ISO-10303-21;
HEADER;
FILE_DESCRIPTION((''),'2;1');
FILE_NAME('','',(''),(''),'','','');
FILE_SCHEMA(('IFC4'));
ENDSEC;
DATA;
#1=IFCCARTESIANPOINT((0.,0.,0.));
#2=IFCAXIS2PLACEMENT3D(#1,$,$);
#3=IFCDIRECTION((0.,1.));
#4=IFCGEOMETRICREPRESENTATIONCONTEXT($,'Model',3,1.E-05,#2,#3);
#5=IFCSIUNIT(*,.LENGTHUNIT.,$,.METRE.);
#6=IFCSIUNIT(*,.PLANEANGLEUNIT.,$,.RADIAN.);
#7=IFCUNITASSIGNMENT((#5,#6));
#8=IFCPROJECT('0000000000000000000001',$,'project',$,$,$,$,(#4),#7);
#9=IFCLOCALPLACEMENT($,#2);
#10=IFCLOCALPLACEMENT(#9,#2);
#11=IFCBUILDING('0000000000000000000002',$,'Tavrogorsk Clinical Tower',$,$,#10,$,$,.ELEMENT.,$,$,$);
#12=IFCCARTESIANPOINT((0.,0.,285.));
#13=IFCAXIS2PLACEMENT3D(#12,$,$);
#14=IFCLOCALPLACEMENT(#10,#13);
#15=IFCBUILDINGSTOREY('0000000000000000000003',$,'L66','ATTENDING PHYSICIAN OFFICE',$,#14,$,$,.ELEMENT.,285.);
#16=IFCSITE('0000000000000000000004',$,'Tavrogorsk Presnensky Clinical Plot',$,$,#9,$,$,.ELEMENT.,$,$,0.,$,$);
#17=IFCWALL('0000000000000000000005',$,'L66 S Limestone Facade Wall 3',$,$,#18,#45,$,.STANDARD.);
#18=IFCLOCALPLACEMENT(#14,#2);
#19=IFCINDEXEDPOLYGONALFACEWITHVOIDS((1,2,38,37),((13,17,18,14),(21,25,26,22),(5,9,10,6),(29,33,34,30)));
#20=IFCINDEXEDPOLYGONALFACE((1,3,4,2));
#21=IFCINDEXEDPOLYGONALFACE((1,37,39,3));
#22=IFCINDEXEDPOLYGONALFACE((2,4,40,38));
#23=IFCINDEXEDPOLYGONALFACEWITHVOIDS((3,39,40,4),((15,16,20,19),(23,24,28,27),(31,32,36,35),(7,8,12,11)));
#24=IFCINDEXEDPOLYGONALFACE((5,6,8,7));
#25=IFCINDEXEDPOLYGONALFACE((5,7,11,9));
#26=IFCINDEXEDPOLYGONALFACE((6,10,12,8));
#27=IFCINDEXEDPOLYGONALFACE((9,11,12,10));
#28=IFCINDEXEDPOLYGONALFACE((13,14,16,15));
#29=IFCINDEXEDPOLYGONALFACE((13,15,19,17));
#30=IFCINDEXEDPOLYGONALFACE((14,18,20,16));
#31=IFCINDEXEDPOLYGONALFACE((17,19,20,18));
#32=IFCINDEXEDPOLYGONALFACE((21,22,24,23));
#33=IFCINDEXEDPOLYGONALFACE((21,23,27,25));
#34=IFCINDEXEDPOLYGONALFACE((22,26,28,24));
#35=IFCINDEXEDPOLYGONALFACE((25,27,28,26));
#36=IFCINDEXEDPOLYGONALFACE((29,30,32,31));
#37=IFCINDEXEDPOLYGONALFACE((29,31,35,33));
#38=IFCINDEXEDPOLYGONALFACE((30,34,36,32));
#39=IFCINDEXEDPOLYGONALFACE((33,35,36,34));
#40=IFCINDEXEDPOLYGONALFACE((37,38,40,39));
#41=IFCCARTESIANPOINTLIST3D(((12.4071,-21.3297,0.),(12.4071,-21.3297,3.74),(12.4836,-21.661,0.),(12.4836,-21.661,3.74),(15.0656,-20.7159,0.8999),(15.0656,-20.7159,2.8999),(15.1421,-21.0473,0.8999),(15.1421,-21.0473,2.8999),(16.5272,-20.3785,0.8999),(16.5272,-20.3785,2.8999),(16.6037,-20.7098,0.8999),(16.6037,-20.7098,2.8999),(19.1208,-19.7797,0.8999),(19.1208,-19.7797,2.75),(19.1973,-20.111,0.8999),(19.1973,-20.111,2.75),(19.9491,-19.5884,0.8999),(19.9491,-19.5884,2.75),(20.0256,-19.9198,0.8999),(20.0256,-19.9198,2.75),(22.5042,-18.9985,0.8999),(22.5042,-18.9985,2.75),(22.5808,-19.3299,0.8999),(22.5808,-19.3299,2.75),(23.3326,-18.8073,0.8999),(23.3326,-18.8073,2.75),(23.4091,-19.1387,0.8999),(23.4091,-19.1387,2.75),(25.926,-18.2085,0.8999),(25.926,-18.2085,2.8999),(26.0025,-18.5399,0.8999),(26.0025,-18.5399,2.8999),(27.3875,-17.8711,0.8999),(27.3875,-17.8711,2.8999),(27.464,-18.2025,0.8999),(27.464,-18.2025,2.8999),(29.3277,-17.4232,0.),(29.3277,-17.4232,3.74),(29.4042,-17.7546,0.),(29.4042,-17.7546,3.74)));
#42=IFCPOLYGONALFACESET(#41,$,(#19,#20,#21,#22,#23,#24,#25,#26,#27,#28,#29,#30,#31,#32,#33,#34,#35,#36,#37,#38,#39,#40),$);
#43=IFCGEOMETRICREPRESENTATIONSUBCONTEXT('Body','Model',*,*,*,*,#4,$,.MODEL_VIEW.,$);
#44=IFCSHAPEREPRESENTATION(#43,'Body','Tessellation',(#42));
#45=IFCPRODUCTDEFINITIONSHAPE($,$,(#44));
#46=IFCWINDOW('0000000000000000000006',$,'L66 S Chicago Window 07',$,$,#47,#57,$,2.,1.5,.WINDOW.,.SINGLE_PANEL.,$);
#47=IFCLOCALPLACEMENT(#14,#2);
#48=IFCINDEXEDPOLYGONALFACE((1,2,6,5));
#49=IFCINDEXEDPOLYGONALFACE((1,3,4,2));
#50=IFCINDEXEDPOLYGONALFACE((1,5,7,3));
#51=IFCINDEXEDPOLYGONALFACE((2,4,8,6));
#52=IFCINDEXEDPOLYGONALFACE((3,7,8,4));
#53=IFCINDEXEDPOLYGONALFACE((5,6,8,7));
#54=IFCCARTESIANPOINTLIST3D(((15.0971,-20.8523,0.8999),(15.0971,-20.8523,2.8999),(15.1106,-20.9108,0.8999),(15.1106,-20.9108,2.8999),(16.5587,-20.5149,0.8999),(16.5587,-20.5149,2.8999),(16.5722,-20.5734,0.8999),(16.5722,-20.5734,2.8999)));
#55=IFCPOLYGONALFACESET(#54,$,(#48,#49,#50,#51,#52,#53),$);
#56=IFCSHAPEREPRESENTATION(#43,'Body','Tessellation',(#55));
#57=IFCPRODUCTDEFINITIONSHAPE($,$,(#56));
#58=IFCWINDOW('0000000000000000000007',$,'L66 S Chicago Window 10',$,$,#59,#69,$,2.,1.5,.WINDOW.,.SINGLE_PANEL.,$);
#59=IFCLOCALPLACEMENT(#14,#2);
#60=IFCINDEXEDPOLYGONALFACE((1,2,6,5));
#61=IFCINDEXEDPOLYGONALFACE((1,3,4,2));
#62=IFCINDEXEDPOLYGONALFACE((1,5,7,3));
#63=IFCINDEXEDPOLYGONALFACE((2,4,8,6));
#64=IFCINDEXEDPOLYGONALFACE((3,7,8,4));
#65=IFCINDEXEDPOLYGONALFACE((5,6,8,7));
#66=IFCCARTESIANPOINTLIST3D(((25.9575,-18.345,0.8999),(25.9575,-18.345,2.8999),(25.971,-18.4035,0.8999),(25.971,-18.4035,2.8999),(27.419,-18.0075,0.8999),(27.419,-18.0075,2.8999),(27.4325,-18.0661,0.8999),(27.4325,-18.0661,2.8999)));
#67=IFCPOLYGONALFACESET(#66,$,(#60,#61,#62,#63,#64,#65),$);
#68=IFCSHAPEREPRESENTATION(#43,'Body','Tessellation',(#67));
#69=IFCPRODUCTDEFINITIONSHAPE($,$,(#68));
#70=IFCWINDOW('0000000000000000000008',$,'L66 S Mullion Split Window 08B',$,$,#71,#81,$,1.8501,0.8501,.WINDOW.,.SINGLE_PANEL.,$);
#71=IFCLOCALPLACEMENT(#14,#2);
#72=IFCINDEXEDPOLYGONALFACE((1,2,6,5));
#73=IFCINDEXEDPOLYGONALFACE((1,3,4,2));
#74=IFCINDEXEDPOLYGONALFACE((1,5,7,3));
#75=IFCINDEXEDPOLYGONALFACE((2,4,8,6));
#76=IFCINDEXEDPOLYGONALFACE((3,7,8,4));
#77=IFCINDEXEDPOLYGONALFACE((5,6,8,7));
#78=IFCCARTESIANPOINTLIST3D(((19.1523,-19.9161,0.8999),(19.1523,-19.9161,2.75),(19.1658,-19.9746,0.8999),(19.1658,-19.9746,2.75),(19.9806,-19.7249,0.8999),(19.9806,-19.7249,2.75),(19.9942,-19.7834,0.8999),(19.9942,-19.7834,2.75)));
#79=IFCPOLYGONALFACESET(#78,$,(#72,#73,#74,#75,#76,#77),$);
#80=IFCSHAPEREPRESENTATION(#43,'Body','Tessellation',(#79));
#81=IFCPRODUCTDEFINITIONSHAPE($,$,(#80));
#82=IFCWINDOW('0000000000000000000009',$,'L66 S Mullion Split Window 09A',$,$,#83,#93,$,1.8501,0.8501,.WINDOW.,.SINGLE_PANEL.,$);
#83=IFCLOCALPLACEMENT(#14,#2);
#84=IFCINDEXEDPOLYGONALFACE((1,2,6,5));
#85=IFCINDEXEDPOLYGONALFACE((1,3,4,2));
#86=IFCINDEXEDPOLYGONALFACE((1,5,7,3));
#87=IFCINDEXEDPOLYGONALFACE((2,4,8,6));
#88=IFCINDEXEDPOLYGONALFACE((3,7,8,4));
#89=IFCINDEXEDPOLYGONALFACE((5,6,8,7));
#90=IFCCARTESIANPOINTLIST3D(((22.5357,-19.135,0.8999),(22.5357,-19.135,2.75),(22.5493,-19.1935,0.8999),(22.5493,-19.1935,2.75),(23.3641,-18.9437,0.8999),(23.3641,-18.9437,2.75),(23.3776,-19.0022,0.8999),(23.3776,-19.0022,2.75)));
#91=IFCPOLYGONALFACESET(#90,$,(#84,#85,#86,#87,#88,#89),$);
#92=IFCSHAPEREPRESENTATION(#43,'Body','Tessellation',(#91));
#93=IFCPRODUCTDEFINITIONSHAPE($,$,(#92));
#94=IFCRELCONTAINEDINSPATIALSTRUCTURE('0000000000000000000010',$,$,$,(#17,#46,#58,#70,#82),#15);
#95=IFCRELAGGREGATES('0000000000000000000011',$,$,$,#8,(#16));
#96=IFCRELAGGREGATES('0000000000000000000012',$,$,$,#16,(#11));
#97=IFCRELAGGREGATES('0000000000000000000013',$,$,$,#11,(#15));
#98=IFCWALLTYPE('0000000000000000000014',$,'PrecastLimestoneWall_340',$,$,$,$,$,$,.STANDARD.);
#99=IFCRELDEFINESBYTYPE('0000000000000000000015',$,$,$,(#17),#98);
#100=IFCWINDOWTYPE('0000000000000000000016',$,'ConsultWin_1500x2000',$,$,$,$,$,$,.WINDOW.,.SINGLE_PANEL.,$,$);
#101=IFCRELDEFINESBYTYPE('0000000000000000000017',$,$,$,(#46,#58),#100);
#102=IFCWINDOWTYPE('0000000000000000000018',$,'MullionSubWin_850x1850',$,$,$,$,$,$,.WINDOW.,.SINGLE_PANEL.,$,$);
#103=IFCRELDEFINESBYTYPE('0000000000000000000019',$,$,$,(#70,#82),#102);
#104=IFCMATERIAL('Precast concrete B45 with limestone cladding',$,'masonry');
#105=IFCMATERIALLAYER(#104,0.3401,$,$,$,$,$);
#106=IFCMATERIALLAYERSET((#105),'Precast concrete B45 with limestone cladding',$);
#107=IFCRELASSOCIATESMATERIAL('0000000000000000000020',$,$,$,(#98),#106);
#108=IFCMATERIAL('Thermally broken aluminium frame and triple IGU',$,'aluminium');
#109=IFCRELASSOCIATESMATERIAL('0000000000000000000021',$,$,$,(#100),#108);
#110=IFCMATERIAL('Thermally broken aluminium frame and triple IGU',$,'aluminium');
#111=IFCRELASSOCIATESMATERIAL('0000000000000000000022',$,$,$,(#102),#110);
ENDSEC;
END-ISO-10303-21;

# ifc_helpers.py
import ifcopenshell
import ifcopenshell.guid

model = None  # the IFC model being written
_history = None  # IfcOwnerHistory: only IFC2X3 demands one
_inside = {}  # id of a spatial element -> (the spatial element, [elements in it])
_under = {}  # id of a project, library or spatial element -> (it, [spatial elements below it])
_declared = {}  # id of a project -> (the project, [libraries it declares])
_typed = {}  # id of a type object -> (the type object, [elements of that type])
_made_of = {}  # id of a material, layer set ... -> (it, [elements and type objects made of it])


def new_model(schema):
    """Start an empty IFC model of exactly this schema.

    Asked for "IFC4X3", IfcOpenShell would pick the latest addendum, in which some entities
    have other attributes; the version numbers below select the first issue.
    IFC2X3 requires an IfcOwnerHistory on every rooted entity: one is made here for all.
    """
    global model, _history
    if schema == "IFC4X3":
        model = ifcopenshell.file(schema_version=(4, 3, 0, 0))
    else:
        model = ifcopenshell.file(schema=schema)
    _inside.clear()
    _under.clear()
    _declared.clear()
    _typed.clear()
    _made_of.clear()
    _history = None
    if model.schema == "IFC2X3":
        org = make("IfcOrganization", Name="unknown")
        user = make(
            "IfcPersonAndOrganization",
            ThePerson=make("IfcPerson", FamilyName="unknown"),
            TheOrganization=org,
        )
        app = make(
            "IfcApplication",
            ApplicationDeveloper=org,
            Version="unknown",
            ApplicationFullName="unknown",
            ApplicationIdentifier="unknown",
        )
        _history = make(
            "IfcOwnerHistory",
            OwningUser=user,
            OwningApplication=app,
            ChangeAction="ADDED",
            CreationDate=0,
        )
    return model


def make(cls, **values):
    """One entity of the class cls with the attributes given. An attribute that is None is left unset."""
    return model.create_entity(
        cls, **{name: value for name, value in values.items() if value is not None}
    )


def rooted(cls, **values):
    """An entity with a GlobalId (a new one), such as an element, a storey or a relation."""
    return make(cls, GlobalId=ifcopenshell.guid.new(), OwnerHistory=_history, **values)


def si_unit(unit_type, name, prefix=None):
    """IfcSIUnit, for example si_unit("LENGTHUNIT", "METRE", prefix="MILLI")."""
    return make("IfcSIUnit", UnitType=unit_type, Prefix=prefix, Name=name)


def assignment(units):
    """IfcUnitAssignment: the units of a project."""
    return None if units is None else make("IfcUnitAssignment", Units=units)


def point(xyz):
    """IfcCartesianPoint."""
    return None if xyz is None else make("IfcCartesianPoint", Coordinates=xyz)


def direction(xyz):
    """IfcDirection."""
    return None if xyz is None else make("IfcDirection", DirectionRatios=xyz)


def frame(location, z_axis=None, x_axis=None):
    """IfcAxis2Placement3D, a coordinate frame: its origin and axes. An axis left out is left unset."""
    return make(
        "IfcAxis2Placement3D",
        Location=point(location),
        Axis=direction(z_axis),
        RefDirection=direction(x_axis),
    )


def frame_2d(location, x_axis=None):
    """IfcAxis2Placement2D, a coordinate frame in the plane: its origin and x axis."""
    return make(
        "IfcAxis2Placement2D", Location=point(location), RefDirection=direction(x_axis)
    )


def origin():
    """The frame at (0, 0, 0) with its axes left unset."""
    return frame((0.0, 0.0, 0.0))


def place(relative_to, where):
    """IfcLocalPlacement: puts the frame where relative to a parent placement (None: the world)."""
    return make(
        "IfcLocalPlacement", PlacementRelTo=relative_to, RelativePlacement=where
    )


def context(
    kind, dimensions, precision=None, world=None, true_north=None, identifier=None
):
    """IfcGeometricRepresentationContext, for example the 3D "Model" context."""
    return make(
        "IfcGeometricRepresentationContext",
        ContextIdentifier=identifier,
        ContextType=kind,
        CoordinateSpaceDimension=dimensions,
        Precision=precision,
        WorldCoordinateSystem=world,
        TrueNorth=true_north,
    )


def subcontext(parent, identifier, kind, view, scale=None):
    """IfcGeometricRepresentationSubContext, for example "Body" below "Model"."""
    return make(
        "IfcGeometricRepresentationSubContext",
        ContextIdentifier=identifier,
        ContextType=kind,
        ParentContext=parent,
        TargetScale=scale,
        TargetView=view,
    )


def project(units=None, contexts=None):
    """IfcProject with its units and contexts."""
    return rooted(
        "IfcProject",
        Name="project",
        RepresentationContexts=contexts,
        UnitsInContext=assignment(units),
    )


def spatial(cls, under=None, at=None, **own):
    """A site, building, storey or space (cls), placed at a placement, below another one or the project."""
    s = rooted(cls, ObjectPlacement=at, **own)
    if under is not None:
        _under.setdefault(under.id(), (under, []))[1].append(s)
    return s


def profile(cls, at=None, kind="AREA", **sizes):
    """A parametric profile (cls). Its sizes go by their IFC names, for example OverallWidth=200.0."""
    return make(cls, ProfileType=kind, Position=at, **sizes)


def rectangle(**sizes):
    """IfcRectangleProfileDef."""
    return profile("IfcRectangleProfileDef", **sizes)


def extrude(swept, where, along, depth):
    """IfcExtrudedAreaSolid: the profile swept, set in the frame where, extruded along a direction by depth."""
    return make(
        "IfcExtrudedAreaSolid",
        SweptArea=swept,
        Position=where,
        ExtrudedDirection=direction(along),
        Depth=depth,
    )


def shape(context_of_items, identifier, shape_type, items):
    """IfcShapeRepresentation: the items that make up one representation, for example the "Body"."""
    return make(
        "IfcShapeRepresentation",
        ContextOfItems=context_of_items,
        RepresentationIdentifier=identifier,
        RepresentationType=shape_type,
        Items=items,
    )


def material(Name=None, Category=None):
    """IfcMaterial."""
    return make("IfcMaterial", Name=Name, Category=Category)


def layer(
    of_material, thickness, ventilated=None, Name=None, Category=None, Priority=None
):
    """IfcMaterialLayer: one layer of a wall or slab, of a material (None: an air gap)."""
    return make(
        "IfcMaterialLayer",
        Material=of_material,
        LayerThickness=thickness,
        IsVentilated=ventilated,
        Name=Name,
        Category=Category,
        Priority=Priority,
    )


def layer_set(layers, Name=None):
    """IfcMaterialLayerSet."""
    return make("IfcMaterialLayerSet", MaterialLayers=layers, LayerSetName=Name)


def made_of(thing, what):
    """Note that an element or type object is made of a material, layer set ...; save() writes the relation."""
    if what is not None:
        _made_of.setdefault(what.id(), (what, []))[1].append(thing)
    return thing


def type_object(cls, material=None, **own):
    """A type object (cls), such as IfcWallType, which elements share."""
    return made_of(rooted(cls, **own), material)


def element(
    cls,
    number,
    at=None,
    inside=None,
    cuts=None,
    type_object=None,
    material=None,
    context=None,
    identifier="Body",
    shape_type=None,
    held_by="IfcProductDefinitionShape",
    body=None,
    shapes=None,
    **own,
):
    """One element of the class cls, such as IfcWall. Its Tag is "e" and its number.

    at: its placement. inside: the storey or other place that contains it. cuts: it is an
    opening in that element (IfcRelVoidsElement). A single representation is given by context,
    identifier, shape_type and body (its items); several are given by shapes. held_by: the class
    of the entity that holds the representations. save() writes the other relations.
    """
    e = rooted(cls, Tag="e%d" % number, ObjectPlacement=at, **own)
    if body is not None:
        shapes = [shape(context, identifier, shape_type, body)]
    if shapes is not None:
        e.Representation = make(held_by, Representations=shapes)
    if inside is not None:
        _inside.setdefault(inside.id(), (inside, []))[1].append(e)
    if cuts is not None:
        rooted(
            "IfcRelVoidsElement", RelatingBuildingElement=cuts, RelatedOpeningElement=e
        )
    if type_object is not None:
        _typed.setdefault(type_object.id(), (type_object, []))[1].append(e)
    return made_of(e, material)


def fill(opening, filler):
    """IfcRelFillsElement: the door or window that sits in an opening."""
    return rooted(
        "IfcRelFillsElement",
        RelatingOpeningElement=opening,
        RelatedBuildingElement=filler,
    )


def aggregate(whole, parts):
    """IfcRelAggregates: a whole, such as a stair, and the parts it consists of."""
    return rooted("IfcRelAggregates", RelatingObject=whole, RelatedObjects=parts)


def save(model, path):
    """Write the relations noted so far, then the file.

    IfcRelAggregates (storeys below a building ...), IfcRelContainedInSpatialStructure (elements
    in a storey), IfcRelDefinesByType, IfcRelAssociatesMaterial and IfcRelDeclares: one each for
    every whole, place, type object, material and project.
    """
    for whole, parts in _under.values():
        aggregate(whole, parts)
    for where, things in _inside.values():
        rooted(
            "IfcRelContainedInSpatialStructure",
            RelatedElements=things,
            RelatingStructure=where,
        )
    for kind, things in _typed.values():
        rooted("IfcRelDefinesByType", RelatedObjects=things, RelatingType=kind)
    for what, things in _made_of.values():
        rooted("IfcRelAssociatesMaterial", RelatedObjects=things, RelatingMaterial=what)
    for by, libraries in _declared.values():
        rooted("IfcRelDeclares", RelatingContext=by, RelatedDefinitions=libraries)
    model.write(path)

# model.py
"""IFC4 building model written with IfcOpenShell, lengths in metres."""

from ifc_helpers import new_model, si_unit, direction, frame, frame_2d, origin, place, context, subcontext, project, spatial, rectangle, extrude, material, layer, layer_set, type_object, element, fill, save


model = new_model("IFC4")

# Units and contexts
model_context = context("Model", 3, precision=1e-05, world=origin(), true_north=direction((0.0, 1.0)))
body_context = subcontext(model_context, "Body", "Model", "MODEL_VIEW")
ifc_project = project(units=[si_unit("LENGTHUNIT", "METRE"), si_unit("PLANEANGLEUNIT", "RADIAN")], contexts=[model_context])

# Site, building, storey
site_placement = place(None, origin())
site = spatial("IfcSite", under=ifc_project, at=site_placement, Name="Tavrogorsk Presnensky Clinical Plot", CompositionType="ELEMENT", RefElevation=0.0)
building_placement = place(site_placement, origin())
building = spatial("IfcBuilding", under=site, at=building_placement, Name="Tavrogorsk Clinical Tower", CompositionType="ELEMENT")
storey_placement = place(building_placement, frame((0.0, 0.0, 285.0)))
storey = spatial("IfcBuildingStorey", under=building, at=storey_placement, Name="L66", Description="ATTENDING PHYSICIAN OFFICE", CompositionType="ELEMENT", Elevation=285.0)

# Wall, openings, windows
ifc_material_1 = material(Name="Precast concrete B45 with limestone cladding", Category="masonry")
ifc_layer_1 = layer(ifc_material_1, 0.3401)
ifc_layer_set_1 = layer_set([ifc_layer_1], Name="Precast concrete B45 with limestone cladding")
wall_type_1 = type_object("IfcWallType", Name="PrecastLimestoneWall_340", PredefinedType="STANDARD", material=ifc_layer_set_1)
wall_1_placement = place(storey_placement, frame((12.4453, -21.4954, 0.0), z_axis=(0.0, 0.0, 1.0), x_axis=(0.974369, 0.224954, 0.0)))
wall_1 = element("IfcWall", 1, at=wall_1_placement, inside=storey, type_object=wall_type_1, Name="L66 S Limestone Facade Wall 3", PredefinedType="STANDARD", context=body_context, shape_type="SweptSolid", body=[
    extrude(rectangle(XDim=17.3657, YDim=0.3401, at=frame_2d((8.6829, 0.0))), origin(), (0.0, 0.0, 1.0), 3.74),
])
opening_1_placement = place(wall_1_placement, frame((2.7285, 0.0, 0.8999)))
opening_1 = element("IfcOpeningElement", 2, at=opening_1_placement, cuts=wall_1, PredefinedType="OPENING", context=body_context, shape_type="SweptSolid", body=[
    extrude(rectangle(XDim=1.5, YDim=2.0, at=frame_2d((0.75, 1.0))), frame((0.0, 0.1799, 0.0), z_axis=(0.0, -1.0, 0.0), x_axis=(1.0, 0.0, 0.0)), (0.0, 0.0, 1.0), 0.3601),
])
opening_2_placement = place(wall_1_placement, frame((6.8904, 0.0, 0.8999)))
opening_2 = element("IfcOpeningElement", 3, at=opening_2_placement, cuts=wall_1, PredefinedType="OPENING", context=body_context, shape_type="SweptSolid", body=[
    extrude(rectangle(XDim=0.8501, YDim=1.8501, at=frame_2d((0.425, 0.925))), frame((0.0, 0.1799, 0.0), z_axis=(0.0, -1.0, 0.0), x_axis=(1.0, 0.0, 0.0)), (0.0, 0.0, 1.0), 0.3601),
])
opening_3_placement = place(wall_1_placement, frame((10.3628, 0.0, 0.8999)))
opening_3 = element("IfcOpeningElement", 4, at=opening_3_placement, cuts=wall_1, PredefinedType="OPENING", context=body_context, shape_type="SweptSolid", body=[
    extrude(rectangle(XDim=0.8501, YDim=1.8501, at=frame_2d((0.425, 0.925))), frame((0.0, 0.1799, 0.0), z_axis=(0.0, -1.0, 0.0), x_axis=(1.0, 0.0, 0.0)), (0.0, 0.0, 1.0), 0.3601),
])
opening_4_placement = place(wall_1_placement, frame((13.8745, 0.0, 0.8999)))
opening_4 = element("IfcOpeningElement", 5, at=opening_4_placement, cuts=wall_1, PredefinedType="OPENING", context=body_context, shape_type="SweptSolid", body=[
    extrude(rectangle(XDim=1.5, YDim=2.0, at=frame_2d((0.75, 1.0))), frame((0.0, 0.1799, 0.0), z_axis=(0.0, -1.0, 0.0), x_axis=(1.0, 0.0, 0.0)), (0.0, 0.0, 1.0), 0.3601),
])
ifc_material_2 = material(Name="Thermally broken aluminium frame and triple IGU", Category="aluminium")
window_type_1 = type_object("IfcWindowType", Name="ConsultWin_1500x2000", PartitioningType="SINGLE_PANEL", PredefinedType="WINDOW", material=ifc_material_2)
window_1_placement = place(opening_1_placement, origin())
window_1 = element("IfcWindow", 6, at=window_1_placement, inside=storey, type_object=window_type_1, Name="L66 S Chicago Window 07", OverallHeight=2.0, OverallWidth=1.5, PartitioningType="SINGLE_PANEL", PredefinedType="WINDOW", context=body_context, shape_type="SweptSolid", body=[
    extrude(rectangle(XDim=1.5, YDim=2.0, at=frame_2d((0.75, 1.0))), frame((0.0, 0.03, 0.0), z_axis=(0.0, -1.0, 0.0), x_axis=(1.0, 0.0, 0.0)), (0.0, 0.0, 1.0), 0.0601),
])
fill(opening_1, window_1)
window_2_placement = place(opening_4_placement, origin())
window_2 = element("IfcWindow", 7, at=window_2_placement, inside=storey, type_object=window_type_1, Name="L66 S Chicago Window 10", OverallHeight=2.0, OverallWidth=1.5, PartitioningType="SINGLE_PANEL", PredefinedType="WINDOW", context=body_context, shape_type="SweptSolid", body=[
    extrude(rectangle(XDim=1.5, YDim=2.0, at=frame_2d((0.75, 1.0))), frame((0.0, 0.03, 0.0), z_axis=(0.0, -1.0, 0.0), x_axis=(1.0, 0.0, 0.0)), (0.0, 0.0, 1.0), 0.0601),
])
fill(opening_4, window_2)
ifc_material_3 = material(Name="Thermally broken aluminium frame and triple IGU", Category="aluminium")
window_type_2 = type_object("IfcWindowType", Name="MullionSubWin_850x1850", PartitioningType="SINGLE_PANEL", PredefinedType="WINDOW", material=ifc_material_3)
window_3_placement = place(opening_2_placement, origin())
window_3 = element("IfcWindow", 8, at=window_3_placement, inside=storey, type_object=window_type_2, Name="L66 S Mullion Split Window 08B", OverallHeight=1.8501, OverallWidth=0.8501, PartitioningType="SINGLE_PANEL", PredefinedType="WINDOW", context=body_context, shape_type="SweptSolid", body=[
    extrude(rectangle(XDim=0.8501, YDim=1.8501, at=frame_2d((0.425, 0.925))), frame((0.0, 0.03, 0.0), z_axis=(0.0, -1.0, 0.0), x_axis=(1.0, 0.0, 0.0)), (0.0, 0.0, 1.0), 0.0601),
])
fill(opening_2, window_3)
window_4_placement = place(opening_3_placement, origin())
window_4 = element("IfcWindow", 9, at=window_4_placement, inside=storey, type_object=window_type_2, Name="L66 S Mullion Split Window 09A", OverallHeight=1.8501, OverallWidth=0.8501, PartitioningType="SINGLE_PANEL", PredefinedType="WINDOW", context=body_context, shape_type="SweptSolid", body=[
    extrude(rectangle(XDim=0.8501, YDim=1.8501, at=frame_2d((0.425, 0.925))), frame((0.0, 0.03, 0.0), z_axis=(0.0, -1.0, 0.0), x_axis=(1.0, 0.0, 0.0)), (0.0, 0.0, 1.0), 0.0601),
])
fill(opening_3, window_4)

save(model, "model.ifc")
